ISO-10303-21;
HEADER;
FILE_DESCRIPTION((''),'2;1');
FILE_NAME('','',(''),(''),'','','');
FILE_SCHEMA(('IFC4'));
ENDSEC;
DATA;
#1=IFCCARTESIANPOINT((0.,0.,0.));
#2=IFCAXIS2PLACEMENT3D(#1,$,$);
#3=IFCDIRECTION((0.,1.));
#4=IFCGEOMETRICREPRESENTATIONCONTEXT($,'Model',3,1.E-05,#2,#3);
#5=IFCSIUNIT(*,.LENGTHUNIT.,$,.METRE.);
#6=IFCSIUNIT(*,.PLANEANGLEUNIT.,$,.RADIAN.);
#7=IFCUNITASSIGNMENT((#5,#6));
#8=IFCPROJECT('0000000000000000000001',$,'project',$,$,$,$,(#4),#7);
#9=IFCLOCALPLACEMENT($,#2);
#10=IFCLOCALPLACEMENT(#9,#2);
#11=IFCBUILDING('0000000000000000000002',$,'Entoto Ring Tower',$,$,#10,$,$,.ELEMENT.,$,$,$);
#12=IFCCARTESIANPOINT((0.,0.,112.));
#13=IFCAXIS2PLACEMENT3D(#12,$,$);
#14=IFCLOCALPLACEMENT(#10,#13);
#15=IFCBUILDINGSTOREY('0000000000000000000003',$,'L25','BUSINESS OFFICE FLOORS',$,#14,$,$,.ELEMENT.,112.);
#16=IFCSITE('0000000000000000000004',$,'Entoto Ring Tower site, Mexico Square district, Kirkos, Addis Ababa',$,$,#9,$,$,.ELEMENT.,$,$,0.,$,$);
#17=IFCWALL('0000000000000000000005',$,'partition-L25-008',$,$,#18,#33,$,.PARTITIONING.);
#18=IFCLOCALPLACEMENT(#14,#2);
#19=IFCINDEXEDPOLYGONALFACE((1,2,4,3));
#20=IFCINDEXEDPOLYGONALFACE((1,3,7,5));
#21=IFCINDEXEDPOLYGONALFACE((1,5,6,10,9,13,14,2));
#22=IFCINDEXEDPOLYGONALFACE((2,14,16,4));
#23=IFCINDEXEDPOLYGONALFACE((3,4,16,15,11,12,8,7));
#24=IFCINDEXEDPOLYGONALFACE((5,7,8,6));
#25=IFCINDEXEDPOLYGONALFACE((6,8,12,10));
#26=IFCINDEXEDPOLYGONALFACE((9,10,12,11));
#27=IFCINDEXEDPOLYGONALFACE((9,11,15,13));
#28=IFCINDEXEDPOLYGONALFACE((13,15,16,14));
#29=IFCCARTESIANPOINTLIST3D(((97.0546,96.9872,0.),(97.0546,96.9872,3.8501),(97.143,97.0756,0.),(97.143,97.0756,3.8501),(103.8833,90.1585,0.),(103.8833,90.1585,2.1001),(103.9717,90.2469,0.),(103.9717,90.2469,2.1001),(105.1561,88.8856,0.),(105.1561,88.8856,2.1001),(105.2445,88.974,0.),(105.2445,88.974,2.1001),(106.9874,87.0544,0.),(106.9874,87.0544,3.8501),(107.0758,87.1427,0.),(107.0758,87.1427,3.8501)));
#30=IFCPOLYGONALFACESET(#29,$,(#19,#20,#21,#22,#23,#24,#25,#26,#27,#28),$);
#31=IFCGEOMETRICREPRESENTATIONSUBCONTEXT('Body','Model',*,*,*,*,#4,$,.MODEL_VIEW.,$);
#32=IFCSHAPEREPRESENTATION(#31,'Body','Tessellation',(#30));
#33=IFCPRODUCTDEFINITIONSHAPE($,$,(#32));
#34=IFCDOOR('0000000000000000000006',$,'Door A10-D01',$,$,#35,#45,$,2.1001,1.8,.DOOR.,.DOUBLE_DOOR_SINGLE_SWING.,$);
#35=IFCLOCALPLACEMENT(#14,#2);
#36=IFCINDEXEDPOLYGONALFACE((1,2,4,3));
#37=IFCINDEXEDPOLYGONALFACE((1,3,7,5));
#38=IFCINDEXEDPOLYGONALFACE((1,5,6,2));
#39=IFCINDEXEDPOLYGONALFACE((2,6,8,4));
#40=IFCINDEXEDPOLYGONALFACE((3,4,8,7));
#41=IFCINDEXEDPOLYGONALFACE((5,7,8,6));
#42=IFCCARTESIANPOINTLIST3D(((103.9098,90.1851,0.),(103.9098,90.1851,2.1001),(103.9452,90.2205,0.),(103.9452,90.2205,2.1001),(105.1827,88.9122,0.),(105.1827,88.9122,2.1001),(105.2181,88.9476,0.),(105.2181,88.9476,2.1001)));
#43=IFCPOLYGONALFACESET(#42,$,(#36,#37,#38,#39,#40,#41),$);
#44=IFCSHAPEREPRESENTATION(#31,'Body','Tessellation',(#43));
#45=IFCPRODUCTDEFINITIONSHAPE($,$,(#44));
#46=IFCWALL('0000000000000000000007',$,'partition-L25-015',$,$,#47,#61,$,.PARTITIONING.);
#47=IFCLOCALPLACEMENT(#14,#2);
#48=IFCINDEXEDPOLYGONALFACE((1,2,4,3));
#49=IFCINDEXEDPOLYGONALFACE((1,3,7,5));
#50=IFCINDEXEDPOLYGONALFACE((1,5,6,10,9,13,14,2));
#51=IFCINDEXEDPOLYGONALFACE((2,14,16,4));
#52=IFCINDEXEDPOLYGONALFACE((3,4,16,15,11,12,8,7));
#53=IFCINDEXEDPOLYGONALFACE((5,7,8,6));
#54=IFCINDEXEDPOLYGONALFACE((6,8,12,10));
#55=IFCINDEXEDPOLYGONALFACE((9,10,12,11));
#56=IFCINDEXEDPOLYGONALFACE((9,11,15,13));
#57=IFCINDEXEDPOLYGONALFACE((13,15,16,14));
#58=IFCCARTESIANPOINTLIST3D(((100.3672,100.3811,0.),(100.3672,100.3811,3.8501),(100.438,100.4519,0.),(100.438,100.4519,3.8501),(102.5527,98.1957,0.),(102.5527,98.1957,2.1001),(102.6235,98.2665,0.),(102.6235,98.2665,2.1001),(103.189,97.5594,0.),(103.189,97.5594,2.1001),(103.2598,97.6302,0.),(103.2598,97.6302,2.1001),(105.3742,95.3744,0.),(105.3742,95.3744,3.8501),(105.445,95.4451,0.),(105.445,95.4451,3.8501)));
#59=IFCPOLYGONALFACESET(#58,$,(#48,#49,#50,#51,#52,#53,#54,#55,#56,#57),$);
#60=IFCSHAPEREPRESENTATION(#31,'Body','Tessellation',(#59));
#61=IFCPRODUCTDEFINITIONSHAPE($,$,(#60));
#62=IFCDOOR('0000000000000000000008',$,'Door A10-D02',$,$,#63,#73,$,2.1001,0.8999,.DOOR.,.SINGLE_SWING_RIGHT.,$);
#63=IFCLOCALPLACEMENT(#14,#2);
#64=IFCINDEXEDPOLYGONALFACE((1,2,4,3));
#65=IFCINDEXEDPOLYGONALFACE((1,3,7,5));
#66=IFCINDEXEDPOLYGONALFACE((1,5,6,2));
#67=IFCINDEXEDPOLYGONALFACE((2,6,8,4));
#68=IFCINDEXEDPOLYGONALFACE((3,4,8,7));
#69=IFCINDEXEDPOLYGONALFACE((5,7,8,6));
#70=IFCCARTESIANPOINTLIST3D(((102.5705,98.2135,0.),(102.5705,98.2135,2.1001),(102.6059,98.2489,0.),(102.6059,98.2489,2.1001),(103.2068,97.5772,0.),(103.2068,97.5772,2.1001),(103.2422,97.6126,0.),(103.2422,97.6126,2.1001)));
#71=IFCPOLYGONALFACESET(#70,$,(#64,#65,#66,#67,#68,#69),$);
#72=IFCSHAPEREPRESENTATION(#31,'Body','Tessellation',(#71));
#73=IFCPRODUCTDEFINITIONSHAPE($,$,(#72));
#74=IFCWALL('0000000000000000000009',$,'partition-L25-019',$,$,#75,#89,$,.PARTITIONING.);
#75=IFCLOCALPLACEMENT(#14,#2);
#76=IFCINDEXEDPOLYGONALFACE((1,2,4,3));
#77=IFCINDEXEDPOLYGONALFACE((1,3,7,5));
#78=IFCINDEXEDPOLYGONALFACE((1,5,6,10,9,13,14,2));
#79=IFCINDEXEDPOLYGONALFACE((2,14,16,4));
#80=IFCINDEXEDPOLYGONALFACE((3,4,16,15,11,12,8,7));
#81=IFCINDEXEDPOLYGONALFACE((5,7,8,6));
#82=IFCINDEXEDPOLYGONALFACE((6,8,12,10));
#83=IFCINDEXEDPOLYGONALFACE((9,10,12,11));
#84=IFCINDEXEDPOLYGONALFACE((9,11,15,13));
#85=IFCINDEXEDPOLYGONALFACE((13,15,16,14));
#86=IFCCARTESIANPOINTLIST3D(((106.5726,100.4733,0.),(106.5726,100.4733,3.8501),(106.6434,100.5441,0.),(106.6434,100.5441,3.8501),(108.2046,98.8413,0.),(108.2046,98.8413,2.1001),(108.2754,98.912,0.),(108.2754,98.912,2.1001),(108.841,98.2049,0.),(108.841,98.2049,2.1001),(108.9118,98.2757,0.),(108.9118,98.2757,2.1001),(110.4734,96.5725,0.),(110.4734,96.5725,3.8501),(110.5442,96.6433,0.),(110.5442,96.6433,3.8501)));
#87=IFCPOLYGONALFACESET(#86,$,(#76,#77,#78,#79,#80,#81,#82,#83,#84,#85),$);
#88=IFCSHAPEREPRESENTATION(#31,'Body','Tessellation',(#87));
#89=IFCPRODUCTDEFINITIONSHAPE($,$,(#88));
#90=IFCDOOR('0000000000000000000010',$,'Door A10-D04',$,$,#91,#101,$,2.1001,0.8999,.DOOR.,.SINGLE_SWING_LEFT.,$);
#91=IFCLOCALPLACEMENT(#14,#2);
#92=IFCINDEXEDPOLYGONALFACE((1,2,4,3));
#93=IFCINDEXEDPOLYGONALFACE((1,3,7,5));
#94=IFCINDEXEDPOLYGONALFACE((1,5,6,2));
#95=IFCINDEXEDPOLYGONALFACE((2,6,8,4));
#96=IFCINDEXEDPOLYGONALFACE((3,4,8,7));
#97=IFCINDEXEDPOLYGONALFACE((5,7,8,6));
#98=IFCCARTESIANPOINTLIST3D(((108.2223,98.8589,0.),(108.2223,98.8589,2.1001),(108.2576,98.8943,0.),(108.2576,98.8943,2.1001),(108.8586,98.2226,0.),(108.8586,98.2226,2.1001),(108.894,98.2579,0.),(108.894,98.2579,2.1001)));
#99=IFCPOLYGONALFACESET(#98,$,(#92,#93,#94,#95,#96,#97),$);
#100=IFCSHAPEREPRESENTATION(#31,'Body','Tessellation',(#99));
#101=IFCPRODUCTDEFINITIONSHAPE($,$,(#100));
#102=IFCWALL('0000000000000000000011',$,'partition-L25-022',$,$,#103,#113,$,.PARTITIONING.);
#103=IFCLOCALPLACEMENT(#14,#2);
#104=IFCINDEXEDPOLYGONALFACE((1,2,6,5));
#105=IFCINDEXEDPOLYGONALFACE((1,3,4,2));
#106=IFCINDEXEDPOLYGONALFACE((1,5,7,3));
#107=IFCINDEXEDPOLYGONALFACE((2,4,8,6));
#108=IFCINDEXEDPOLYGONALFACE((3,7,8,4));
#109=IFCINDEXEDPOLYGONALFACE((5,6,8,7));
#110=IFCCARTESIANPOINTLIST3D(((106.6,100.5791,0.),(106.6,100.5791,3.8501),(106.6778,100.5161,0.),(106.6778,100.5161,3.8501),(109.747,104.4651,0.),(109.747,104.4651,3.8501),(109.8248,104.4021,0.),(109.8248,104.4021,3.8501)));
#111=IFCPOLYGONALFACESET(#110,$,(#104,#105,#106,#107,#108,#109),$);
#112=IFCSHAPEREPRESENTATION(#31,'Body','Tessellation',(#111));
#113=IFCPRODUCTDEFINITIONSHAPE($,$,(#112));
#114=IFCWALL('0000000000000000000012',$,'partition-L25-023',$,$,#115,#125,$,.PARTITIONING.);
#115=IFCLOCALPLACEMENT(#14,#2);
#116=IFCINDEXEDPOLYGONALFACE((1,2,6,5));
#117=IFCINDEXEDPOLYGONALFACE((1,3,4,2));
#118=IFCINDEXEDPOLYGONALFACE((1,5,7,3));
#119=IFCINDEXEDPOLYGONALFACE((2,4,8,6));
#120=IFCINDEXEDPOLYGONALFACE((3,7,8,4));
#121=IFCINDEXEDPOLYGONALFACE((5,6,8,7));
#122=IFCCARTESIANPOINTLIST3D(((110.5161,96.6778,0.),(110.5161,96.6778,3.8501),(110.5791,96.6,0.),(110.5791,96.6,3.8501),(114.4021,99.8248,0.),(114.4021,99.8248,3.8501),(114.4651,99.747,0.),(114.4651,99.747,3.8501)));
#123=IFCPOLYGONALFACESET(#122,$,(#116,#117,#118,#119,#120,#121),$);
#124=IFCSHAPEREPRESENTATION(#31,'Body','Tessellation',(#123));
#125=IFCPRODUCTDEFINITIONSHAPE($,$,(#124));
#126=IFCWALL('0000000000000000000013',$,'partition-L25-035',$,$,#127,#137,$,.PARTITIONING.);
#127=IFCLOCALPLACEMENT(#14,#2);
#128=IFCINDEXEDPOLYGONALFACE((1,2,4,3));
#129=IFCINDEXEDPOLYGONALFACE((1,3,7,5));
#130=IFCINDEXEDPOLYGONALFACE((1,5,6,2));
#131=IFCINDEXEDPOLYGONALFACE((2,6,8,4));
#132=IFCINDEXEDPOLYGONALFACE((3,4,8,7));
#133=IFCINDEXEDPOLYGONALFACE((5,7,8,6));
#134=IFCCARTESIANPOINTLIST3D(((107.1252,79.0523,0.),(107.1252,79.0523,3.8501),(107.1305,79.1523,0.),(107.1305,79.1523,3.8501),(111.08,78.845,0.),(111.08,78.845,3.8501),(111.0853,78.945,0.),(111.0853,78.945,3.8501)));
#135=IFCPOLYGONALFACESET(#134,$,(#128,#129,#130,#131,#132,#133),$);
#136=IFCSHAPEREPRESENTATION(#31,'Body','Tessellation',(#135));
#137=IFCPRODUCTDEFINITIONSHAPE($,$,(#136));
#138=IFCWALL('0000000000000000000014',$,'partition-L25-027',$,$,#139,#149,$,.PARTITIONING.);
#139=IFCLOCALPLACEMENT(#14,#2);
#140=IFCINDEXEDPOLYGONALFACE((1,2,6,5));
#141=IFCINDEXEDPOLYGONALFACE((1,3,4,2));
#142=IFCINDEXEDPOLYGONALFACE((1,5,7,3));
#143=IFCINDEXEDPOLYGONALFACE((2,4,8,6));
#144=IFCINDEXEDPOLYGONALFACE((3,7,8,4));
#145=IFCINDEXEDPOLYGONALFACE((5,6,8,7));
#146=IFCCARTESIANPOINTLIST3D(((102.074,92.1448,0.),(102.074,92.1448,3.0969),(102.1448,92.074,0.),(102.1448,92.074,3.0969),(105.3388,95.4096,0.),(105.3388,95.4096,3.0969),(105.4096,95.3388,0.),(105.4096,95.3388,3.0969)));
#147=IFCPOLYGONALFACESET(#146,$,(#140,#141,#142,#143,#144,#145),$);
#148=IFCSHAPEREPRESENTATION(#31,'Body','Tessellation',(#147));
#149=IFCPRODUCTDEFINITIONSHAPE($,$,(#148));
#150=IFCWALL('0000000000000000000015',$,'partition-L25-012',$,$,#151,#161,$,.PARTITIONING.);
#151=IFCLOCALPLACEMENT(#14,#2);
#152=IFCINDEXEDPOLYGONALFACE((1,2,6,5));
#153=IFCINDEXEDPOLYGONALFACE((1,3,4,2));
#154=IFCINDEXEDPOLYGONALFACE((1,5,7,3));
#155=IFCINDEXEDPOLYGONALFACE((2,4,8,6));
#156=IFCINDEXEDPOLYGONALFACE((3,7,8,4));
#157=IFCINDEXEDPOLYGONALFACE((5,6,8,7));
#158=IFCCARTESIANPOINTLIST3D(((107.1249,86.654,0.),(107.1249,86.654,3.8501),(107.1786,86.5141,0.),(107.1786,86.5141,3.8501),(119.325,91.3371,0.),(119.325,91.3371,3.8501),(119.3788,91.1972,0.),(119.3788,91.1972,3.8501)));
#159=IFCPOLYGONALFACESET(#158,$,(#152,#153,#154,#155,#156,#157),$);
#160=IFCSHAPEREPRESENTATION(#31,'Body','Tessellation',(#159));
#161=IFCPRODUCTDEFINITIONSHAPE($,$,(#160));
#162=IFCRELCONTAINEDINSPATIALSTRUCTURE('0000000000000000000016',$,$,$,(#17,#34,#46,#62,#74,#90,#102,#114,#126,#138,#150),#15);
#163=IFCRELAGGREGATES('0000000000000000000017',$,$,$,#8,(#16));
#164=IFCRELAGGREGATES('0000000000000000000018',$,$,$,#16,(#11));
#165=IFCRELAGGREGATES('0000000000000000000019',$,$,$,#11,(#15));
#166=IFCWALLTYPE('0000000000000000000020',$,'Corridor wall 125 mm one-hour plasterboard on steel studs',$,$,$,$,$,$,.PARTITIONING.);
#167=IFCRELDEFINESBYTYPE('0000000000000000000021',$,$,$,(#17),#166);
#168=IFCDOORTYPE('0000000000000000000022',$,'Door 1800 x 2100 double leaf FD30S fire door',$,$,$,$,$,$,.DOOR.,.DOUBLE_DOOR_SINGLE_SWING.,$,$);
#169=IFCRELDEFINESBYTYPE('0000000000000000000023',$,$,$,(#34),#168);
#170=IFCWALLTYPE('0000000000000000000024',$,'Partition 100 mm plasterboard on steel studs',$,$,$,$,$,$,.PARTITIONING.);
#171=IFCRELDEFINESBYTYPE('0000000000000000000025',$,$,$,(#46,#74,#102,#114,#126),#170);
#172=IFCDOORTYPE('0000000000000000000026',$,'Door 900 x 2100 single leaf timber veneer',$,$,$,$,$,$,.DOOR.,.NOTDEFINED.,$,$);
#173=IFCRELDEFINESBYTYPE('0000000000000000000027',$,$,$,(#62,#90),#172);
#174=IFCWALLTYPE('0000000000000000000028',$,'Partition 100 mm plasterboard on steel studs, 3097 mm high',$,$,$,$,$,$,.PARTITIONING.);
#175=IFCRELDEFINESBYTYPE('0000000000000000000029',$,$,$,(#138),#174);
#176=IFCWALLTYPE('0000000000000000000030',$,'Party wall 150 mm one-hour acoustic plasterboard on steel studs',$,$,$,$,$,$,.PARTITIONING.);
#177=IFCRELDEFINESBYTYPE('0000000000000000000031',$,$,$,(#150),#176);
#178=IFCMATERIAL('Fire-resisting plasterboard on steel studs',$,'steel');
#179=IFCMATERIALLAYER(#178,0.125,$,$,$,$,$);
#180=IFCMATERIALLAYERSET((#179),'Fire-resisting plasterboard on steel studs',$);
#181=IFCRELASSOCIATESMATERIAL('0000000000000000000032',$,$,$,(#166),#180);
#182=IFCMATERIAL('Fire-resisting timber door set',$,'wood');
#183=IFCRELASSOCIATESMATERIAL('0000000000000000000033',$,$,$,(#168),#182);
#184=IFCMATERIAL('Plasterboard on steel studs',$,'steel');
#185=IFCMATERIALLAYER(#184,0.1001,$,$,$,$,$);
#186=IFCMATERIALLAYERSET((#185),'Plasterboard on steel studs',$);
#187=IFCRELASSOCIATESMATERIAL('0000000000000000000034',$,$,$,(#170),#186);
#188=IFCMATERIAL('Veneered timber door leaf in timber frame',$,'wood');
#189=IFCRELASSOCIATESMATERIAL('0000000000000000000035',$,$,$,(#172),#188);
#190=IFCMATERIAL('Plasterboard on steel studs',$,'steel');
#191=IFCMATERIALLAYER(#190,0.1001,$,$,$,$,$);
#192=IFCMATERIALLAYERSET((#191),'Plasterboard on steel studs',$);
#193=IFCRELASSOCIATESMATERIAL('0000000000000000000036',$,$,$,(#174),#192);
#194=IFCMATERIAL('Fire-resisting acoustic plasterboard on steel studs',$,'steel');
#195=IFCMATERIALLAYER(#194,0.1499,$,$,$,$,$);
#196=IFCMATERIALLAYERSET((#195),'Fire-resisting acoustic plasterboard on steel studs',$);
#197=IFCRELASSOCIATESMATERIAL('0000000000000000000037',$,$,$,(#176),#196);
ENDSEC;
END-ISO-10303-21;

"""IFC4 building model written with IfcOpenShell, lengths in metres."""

from ifc_helpers import new_model, si_unit, direction, frame, frame_2d, origin, place, context, subcontext, project, spatial, rectangle, extrude, material, layer, layer_set, type_object, element, fill, save


model = new_model("IFC4")

# Units and contexts
model_context = context("Model", 3, precision=1e-05, world=origin(), true_north=direction((0.0, 1.0)))
body_context = subcontext(model_context, "Body", "Model", "MODEL_VIEW")
ifc_project = project(units=[si_unit("LENGTHUNIT", "METRE"), si_unit("PLANEANGLEUNIT", "RADIAN")], contexts=[model_context])

# Site, building, storey
site_placement = place(None, origin())
site = spatial("IfcSite", under=ifc_project, at=site_placement, Name="Entoto Ring Tower site, Mexico Square district, Kirkos, Addis Ababa", CompositionType="ELEMENT", RefElevation=0.0)
building_placement = place(site_placement, origin())
building = spatial("IfcBuilding", under=site, at=building_placement, Name="Entoto Ring Tower", CompositionType="ELEMENT")
storey_placement = place(building_placement, frame((0.0, 0.0, 112.0)))
storey = spatial("IfcBuildingStorey", under=building, at=storey_placement, Name="L25", Description="BUSINESS OFFICE FLOORS", CompositionType="ELEMENT", Elevation=112.0)

# Walls, openings, doors
ifc_material_1 = material(Name="Fire-resisting plasterboard on steel studs", Category="steel")
ifc_layer_1 = layer(ifc_material_1, 0.125)
ifc_layer_set_1 = layer_set([ifc_layer_1], Name="Fire-resisting plasterboard on steel studs")
wall_type_1 = type_object("IfcWallType", Name="Corridor wall 125 mm one-hour plasterboard on steel studs", PredefinedType="PARTITIONING", material=ifc_layer_set_1)
wall_1_placement = place(storey_placement, frame((107.0315, 87.0986, 0.0), z_axis=(0.0, 0.0, 1.0), x_axis=(-0.707107, 0.707107, 0.0)))
wall_1 = element("IfcWall", 1, at=wall_1_placement, inside=storey, type_object=wall_type_1, Name="partition-L25-008", PredefinedType="PARTITIONING", context=body_context, shape_type="SweptSolid", body=[
    extrude(rectangle(XDim=14.0471, YDim=0.125, at=frame_2d((7.0234, 0.0))), origin(), (0.0, 0.0, 1.0), 3.8501),
])
opening_1_placement = place(wall_1_placement, frame((2.5898, 0.0, 0.0)))
opening_1 = element("IfcOpeningElement", 2, at=opening_1_placement, cuts=wall_1, PredefinedType="OPENING", context=body_context, shape_type="SweptSolid", body=[
    extrude(rectangle(XDim=1.8, YDim=2.1001, at=frame_2d((0.8999, 1.05))), frame((0.0, 0.0725, 0.0), z_axis=(0.0, -1.0, 0.0), x_axis=(1.0, 0.0, 0.0)), (0.0, 0.0, 1.0), 0.145),
])
ifc_material_2 = material(Name="Fire-resisting timber door set", Category="wood")
door_type_1 = type_object("IfcDoorType", Name="Door 1800 x 2100 double leaf FD30S fire door", OperationType="DOUBLE_DOOR_SINGLE_SWING", PredefinedType="DOOR", material=ifc_material_2)
door_1_placement = place(opening_1_placement, origin())
door_1 = element("IfcDoor", 3, at=door_1_placement, inside=storey, type_object=door_type_1, Name="Door A10-D01", OperationType="DOUBLE_DOOR_SINGLE_SWING", OverallHeight=2.1001, OverallWidth=1.8, PredefinedType="DOOR", context=body_context, shape_type="SweptSolid", body=[
    extrude(rectangle(XDim=1.8, YDim=2.1001, at=frame_2d((0.8999, 1.05))), frame((0.0, 0.0249, 0.0), z_axis=(0.0, -1.0, 0.0), x_axis=(1.0, 0.0, 0.0)), (0.0, 0.0, 1.0), 0.05),
])
fill(opening_1, door_1)
ifc_material_3 = material(Name="Plasterboard on steel studs", Category="steel")
ifc_layer_2 = layer(ifc_material_3, 0.1001)
ifc_layer_set_2 = layer_set([ifc_layer_2], Name="Plasterboard on steel studs")
wall_type_2 = type_object("IfcWallType", Name="Partition 100 mm plasterboard on steel studs", PredefinedType="PARTITIONING", material=ifc_layer_set_2)
wall_2_placement = place(storey_placement, frame((105.4097, 95.4097, 0.0), z_axis=(0.0, 0.0, 1.0), x_axis=(-0.707124, 0.70709, 0.0)))
wall_2 = element("IfcWall", 4, at=wall_2_placement, inside=storey, type_object=wall_type_2, Name="partition-L25-015", PredefinedType="PARTITIONING", context=body_context, shape_type="SweptSolid", body=[
    extrude(rectangle(XDim=7.0808, YDim=0.1001, at=frame_2d((3.5405, 0.0))), origin(), (0.0, 0.0, 1.0), 3.8501),
])
opening_2_placement = place(wall_2_placement, frame((3.0903, 0.0, 0.0)))
opening_2 = element("IfcOpeningElement", 5, at=opening_2_placement, cuts=wall_2, PredefinedType="OPENING", context=body_context, shape_type="SweptSolid", body=[
    extrude(rectangle(XDim=0.8999, YDim=2.1001, at=frame_2d((0.45, 1.05))), frame((0.0, 0.0601, 0.0), z_axis=(0.0, -1.0, 0.0), x_axis=(1.0, 0.0, 0.0)), (0.0, 0.0, 1.0), 0.1201),
])
ifc_material_4 = material(Name="Veneered timber door leaf in timber frame", Category="wood")
door_type_2 = type_object("IfcDoorType", Name="Door 900 x 2100 single leaf timber veneer", OperationType="NOTDEFINED", PredefinedType="DOOR", material=ifc_material_4)
door_2_placement = place(opening_2_placement, origin())
door_2 = element("IfcDoor", 6, at=door_2_placement, inside=storey, type_object=door_type_2, Name="Door A10-D02", OperationType="SINGLE_SWING_RIGHT", OverallHeight=2.1001, OverallWidth=0.8999, PredefinedType="DOOR", context=body_context, shape_type="SweptSolid", body=[
    extrude(rectangle(XDim=0.8999, YDim=2.1001, at=frame_2d((0.45, 1.05))), frame((0.0, 0.0249, 0.0), z_axis=(0.0, -1.0, 0.0), x_axis=(1.0, 0.0, 0.0)), (0.0, 0.0, 1.0), 0.05),
])
fill(opening_2, door_2)
wall_3_placement = place(storey_placement, frame((110.5088, 96.6079, 0.0), z_axis=(0.0, 0.0, 1.0), x_axis=(-0.707107, 0.707107, 0.0)))
wall_3 = element("IfcWall", 7, at=wall_3_placement, inside=storey, type_object=wall_type_2, Name="partition-L25-019", PredefinedType="PARTITIONING", context=body_context, shape_type="SweptSolid", body=[
    extrude(rectangle(XDim=5.5166, YDim=0.1001, at=frame_2d((2.7583, 0.0))), origin(), (0.0, 0.0, 1.0), 3.8501),
])
opening_3_placement = place(wall_3_placement, frame((2.3086, 0.0, 0.0)))
opening_3 = element("IfcOpeningElement", 8, at=opening_3_placement, cuts=wall_3, PredefinedType="OPENING", context=body_context, shape_type="SweptSolid", body=[
    extrude(rectangle(XDim=0.8999, YDim=2.1001, at=frame_2d((0.45, 1.05))), frame((0.0, 0.0601, 0.0), z_axis=(0.0, -1.0, 0.0), x_axis=(1.0, 0.0, 0.0)), (0.0, 0.0, 1.0), 0.1201),
])
door_3_placement = place(opening_3_placement, frame((0.8999, 0.0, 0.0), z_axis=(0.0, 0.0, 1.0), x_axis=(-1.0, 0.0, 0.0)))
door_3 = element("IfcDoor", 9, at=door_3_placement, inside=storey, type_object=door_type_2, Name="Door A10-D04", OperationType="SINGLE_SWING_LEFT", OverallHeight=2.1001, OverallWidth=0.8999, PredefinedType="DOOR", context=body_context, shape_type="SweptSolid", body=[
    extrude(rectangle(XDim=0.8999, YDim=2.1001, at=frame_2d((0.45, 1.05))), frame((0.0, 0.0249, 0.0), z_axis=(0.0, -1.0, 0.0), x_axis=(1.0, 0.0, 0.0)), (0.0, 0.0, 1.0), 0.05),
])
fill(opening_3, door_3)

# Walls
for number, where, z_axis, x_axis, name in (
    (10, (106.6389, 100.5476, 0.0), (0.0, 0.0, 1.0), (0.62934, 0.77713, 0.0), "partition-L25-022"),
    (11, (110.5476, 96.6389, 0.0), (0.0, 0.0, 1.0), (0.77713, 0.62934, 0.0), "partition-L25-023"),
):
    element("IfcWall", number, at=place(storey_placement, frame(where, z_axis=z_axis, x_axis=x_axis)), inside=storey, type_object=wall_type_2, Name=name, PredefinedType="PARTITIONING", context=body_context, shape_type="SweptSolid", body=[
        extrude(rectangle(XDim=5.0005, YDim=0.1001, at=frame_2d((2.5002, 0.0))), origin(), (0.0, 0.0, 1.0), 3.8501),
    ])
wall_4_placement = place(storey_placement, frame((111.0825, 78.895, 0.0), z_axis=(0.0, 0.0, 1.0), x_axis=(-0.998629, 0.052339, 0.0)))
element("IfcWall", 12, at=wall_4_placement, inside=storey, type_object=wall_type_2, Name="partition-L25-035", PredefinedType="PARTITIONING", context=body_context, shape_type="SweptSolid", body=[
    extrude(rectangle(XDim=3.9602, YDim=0.1001, at=frame_2d((1.98, 0.0))), origin(), (0.0, 0.0, 1.0), 3.8501),
])
ifc_material_5 = material(Name="Plasterboard on steel studs", Category="steel")
ifc_layer_3 = layer(ifc_material_5, 0.1001)
ifc_layer_set_3 = layer_set([ifc_layer_3], Name="Plasterboard on steel studs")
wall_type_3 = type_object("IfcWallType", Name="Partition 100 mm plasterboard on steel studs, 3097 mm high", PredefinedType="PARTITIONING", material=ifc_layer_set_3)
wall_5_placement = place(storey_placement, frame((102.1094, 92.1094, 0.0), z_axis=(0.0, 0.0, 1.0), x_axis=(0.707107, 0.707107, 0.0)))
element("IfcWall", 13, at=wall_5_placement, inside=storey, type_object=wall_type_3, Name="partition-L25-027", PredefinedType="PARTITIONING", context=body_context, shape_type="SweptSolid", body=[
    extrude(rectangle(XDim=4.6172, YDim=0.1001, at=frame_2d((2.3086, 0.0))), origin(), (0.0, 0.0, 1.0), 3.0969),
])
ifc_material_6 = material(Name="Fire-resisting acoustic plasterboard on steel studs", Category="steel")
ifc_layer_4 = layer(ifc_material_6, 0.1499)
ifc_layer_set_4 = layer_set([ifc_layer_4], Name="Fire-resisting acoustic plasterboard on steel studs")
wall_type_4 = type_object("IfcWallType", Name="Party wall 150 mm one-hour acoustic plasterboard on steel studs", PredefinedType="PARTITIONING", material=ifc_layer_set_4)
wall_6_placement = place(storey_placement, frame((107.1516, 86.584, 0.0), z_axis=(0.0, 0.0, 1.0), x_axis=(0.933583, 0.358361, 0.0)))
element("IfcWall", 14, at=wall_6_placement, inside=storey, type_object=wall_type_4, Name="partition-L25-012", PredefinedType="PARTITIONING", context=body_context, shape_type="SweptSolid", body=[
    extrude(rectangle(XDim=13.0681, YDim=0.1499, at=frame_2d((6.5342, 0.0))), origin(), (0.0, 0.0, 1.0), 3.8501),
])

save(model, "model.ifc")
